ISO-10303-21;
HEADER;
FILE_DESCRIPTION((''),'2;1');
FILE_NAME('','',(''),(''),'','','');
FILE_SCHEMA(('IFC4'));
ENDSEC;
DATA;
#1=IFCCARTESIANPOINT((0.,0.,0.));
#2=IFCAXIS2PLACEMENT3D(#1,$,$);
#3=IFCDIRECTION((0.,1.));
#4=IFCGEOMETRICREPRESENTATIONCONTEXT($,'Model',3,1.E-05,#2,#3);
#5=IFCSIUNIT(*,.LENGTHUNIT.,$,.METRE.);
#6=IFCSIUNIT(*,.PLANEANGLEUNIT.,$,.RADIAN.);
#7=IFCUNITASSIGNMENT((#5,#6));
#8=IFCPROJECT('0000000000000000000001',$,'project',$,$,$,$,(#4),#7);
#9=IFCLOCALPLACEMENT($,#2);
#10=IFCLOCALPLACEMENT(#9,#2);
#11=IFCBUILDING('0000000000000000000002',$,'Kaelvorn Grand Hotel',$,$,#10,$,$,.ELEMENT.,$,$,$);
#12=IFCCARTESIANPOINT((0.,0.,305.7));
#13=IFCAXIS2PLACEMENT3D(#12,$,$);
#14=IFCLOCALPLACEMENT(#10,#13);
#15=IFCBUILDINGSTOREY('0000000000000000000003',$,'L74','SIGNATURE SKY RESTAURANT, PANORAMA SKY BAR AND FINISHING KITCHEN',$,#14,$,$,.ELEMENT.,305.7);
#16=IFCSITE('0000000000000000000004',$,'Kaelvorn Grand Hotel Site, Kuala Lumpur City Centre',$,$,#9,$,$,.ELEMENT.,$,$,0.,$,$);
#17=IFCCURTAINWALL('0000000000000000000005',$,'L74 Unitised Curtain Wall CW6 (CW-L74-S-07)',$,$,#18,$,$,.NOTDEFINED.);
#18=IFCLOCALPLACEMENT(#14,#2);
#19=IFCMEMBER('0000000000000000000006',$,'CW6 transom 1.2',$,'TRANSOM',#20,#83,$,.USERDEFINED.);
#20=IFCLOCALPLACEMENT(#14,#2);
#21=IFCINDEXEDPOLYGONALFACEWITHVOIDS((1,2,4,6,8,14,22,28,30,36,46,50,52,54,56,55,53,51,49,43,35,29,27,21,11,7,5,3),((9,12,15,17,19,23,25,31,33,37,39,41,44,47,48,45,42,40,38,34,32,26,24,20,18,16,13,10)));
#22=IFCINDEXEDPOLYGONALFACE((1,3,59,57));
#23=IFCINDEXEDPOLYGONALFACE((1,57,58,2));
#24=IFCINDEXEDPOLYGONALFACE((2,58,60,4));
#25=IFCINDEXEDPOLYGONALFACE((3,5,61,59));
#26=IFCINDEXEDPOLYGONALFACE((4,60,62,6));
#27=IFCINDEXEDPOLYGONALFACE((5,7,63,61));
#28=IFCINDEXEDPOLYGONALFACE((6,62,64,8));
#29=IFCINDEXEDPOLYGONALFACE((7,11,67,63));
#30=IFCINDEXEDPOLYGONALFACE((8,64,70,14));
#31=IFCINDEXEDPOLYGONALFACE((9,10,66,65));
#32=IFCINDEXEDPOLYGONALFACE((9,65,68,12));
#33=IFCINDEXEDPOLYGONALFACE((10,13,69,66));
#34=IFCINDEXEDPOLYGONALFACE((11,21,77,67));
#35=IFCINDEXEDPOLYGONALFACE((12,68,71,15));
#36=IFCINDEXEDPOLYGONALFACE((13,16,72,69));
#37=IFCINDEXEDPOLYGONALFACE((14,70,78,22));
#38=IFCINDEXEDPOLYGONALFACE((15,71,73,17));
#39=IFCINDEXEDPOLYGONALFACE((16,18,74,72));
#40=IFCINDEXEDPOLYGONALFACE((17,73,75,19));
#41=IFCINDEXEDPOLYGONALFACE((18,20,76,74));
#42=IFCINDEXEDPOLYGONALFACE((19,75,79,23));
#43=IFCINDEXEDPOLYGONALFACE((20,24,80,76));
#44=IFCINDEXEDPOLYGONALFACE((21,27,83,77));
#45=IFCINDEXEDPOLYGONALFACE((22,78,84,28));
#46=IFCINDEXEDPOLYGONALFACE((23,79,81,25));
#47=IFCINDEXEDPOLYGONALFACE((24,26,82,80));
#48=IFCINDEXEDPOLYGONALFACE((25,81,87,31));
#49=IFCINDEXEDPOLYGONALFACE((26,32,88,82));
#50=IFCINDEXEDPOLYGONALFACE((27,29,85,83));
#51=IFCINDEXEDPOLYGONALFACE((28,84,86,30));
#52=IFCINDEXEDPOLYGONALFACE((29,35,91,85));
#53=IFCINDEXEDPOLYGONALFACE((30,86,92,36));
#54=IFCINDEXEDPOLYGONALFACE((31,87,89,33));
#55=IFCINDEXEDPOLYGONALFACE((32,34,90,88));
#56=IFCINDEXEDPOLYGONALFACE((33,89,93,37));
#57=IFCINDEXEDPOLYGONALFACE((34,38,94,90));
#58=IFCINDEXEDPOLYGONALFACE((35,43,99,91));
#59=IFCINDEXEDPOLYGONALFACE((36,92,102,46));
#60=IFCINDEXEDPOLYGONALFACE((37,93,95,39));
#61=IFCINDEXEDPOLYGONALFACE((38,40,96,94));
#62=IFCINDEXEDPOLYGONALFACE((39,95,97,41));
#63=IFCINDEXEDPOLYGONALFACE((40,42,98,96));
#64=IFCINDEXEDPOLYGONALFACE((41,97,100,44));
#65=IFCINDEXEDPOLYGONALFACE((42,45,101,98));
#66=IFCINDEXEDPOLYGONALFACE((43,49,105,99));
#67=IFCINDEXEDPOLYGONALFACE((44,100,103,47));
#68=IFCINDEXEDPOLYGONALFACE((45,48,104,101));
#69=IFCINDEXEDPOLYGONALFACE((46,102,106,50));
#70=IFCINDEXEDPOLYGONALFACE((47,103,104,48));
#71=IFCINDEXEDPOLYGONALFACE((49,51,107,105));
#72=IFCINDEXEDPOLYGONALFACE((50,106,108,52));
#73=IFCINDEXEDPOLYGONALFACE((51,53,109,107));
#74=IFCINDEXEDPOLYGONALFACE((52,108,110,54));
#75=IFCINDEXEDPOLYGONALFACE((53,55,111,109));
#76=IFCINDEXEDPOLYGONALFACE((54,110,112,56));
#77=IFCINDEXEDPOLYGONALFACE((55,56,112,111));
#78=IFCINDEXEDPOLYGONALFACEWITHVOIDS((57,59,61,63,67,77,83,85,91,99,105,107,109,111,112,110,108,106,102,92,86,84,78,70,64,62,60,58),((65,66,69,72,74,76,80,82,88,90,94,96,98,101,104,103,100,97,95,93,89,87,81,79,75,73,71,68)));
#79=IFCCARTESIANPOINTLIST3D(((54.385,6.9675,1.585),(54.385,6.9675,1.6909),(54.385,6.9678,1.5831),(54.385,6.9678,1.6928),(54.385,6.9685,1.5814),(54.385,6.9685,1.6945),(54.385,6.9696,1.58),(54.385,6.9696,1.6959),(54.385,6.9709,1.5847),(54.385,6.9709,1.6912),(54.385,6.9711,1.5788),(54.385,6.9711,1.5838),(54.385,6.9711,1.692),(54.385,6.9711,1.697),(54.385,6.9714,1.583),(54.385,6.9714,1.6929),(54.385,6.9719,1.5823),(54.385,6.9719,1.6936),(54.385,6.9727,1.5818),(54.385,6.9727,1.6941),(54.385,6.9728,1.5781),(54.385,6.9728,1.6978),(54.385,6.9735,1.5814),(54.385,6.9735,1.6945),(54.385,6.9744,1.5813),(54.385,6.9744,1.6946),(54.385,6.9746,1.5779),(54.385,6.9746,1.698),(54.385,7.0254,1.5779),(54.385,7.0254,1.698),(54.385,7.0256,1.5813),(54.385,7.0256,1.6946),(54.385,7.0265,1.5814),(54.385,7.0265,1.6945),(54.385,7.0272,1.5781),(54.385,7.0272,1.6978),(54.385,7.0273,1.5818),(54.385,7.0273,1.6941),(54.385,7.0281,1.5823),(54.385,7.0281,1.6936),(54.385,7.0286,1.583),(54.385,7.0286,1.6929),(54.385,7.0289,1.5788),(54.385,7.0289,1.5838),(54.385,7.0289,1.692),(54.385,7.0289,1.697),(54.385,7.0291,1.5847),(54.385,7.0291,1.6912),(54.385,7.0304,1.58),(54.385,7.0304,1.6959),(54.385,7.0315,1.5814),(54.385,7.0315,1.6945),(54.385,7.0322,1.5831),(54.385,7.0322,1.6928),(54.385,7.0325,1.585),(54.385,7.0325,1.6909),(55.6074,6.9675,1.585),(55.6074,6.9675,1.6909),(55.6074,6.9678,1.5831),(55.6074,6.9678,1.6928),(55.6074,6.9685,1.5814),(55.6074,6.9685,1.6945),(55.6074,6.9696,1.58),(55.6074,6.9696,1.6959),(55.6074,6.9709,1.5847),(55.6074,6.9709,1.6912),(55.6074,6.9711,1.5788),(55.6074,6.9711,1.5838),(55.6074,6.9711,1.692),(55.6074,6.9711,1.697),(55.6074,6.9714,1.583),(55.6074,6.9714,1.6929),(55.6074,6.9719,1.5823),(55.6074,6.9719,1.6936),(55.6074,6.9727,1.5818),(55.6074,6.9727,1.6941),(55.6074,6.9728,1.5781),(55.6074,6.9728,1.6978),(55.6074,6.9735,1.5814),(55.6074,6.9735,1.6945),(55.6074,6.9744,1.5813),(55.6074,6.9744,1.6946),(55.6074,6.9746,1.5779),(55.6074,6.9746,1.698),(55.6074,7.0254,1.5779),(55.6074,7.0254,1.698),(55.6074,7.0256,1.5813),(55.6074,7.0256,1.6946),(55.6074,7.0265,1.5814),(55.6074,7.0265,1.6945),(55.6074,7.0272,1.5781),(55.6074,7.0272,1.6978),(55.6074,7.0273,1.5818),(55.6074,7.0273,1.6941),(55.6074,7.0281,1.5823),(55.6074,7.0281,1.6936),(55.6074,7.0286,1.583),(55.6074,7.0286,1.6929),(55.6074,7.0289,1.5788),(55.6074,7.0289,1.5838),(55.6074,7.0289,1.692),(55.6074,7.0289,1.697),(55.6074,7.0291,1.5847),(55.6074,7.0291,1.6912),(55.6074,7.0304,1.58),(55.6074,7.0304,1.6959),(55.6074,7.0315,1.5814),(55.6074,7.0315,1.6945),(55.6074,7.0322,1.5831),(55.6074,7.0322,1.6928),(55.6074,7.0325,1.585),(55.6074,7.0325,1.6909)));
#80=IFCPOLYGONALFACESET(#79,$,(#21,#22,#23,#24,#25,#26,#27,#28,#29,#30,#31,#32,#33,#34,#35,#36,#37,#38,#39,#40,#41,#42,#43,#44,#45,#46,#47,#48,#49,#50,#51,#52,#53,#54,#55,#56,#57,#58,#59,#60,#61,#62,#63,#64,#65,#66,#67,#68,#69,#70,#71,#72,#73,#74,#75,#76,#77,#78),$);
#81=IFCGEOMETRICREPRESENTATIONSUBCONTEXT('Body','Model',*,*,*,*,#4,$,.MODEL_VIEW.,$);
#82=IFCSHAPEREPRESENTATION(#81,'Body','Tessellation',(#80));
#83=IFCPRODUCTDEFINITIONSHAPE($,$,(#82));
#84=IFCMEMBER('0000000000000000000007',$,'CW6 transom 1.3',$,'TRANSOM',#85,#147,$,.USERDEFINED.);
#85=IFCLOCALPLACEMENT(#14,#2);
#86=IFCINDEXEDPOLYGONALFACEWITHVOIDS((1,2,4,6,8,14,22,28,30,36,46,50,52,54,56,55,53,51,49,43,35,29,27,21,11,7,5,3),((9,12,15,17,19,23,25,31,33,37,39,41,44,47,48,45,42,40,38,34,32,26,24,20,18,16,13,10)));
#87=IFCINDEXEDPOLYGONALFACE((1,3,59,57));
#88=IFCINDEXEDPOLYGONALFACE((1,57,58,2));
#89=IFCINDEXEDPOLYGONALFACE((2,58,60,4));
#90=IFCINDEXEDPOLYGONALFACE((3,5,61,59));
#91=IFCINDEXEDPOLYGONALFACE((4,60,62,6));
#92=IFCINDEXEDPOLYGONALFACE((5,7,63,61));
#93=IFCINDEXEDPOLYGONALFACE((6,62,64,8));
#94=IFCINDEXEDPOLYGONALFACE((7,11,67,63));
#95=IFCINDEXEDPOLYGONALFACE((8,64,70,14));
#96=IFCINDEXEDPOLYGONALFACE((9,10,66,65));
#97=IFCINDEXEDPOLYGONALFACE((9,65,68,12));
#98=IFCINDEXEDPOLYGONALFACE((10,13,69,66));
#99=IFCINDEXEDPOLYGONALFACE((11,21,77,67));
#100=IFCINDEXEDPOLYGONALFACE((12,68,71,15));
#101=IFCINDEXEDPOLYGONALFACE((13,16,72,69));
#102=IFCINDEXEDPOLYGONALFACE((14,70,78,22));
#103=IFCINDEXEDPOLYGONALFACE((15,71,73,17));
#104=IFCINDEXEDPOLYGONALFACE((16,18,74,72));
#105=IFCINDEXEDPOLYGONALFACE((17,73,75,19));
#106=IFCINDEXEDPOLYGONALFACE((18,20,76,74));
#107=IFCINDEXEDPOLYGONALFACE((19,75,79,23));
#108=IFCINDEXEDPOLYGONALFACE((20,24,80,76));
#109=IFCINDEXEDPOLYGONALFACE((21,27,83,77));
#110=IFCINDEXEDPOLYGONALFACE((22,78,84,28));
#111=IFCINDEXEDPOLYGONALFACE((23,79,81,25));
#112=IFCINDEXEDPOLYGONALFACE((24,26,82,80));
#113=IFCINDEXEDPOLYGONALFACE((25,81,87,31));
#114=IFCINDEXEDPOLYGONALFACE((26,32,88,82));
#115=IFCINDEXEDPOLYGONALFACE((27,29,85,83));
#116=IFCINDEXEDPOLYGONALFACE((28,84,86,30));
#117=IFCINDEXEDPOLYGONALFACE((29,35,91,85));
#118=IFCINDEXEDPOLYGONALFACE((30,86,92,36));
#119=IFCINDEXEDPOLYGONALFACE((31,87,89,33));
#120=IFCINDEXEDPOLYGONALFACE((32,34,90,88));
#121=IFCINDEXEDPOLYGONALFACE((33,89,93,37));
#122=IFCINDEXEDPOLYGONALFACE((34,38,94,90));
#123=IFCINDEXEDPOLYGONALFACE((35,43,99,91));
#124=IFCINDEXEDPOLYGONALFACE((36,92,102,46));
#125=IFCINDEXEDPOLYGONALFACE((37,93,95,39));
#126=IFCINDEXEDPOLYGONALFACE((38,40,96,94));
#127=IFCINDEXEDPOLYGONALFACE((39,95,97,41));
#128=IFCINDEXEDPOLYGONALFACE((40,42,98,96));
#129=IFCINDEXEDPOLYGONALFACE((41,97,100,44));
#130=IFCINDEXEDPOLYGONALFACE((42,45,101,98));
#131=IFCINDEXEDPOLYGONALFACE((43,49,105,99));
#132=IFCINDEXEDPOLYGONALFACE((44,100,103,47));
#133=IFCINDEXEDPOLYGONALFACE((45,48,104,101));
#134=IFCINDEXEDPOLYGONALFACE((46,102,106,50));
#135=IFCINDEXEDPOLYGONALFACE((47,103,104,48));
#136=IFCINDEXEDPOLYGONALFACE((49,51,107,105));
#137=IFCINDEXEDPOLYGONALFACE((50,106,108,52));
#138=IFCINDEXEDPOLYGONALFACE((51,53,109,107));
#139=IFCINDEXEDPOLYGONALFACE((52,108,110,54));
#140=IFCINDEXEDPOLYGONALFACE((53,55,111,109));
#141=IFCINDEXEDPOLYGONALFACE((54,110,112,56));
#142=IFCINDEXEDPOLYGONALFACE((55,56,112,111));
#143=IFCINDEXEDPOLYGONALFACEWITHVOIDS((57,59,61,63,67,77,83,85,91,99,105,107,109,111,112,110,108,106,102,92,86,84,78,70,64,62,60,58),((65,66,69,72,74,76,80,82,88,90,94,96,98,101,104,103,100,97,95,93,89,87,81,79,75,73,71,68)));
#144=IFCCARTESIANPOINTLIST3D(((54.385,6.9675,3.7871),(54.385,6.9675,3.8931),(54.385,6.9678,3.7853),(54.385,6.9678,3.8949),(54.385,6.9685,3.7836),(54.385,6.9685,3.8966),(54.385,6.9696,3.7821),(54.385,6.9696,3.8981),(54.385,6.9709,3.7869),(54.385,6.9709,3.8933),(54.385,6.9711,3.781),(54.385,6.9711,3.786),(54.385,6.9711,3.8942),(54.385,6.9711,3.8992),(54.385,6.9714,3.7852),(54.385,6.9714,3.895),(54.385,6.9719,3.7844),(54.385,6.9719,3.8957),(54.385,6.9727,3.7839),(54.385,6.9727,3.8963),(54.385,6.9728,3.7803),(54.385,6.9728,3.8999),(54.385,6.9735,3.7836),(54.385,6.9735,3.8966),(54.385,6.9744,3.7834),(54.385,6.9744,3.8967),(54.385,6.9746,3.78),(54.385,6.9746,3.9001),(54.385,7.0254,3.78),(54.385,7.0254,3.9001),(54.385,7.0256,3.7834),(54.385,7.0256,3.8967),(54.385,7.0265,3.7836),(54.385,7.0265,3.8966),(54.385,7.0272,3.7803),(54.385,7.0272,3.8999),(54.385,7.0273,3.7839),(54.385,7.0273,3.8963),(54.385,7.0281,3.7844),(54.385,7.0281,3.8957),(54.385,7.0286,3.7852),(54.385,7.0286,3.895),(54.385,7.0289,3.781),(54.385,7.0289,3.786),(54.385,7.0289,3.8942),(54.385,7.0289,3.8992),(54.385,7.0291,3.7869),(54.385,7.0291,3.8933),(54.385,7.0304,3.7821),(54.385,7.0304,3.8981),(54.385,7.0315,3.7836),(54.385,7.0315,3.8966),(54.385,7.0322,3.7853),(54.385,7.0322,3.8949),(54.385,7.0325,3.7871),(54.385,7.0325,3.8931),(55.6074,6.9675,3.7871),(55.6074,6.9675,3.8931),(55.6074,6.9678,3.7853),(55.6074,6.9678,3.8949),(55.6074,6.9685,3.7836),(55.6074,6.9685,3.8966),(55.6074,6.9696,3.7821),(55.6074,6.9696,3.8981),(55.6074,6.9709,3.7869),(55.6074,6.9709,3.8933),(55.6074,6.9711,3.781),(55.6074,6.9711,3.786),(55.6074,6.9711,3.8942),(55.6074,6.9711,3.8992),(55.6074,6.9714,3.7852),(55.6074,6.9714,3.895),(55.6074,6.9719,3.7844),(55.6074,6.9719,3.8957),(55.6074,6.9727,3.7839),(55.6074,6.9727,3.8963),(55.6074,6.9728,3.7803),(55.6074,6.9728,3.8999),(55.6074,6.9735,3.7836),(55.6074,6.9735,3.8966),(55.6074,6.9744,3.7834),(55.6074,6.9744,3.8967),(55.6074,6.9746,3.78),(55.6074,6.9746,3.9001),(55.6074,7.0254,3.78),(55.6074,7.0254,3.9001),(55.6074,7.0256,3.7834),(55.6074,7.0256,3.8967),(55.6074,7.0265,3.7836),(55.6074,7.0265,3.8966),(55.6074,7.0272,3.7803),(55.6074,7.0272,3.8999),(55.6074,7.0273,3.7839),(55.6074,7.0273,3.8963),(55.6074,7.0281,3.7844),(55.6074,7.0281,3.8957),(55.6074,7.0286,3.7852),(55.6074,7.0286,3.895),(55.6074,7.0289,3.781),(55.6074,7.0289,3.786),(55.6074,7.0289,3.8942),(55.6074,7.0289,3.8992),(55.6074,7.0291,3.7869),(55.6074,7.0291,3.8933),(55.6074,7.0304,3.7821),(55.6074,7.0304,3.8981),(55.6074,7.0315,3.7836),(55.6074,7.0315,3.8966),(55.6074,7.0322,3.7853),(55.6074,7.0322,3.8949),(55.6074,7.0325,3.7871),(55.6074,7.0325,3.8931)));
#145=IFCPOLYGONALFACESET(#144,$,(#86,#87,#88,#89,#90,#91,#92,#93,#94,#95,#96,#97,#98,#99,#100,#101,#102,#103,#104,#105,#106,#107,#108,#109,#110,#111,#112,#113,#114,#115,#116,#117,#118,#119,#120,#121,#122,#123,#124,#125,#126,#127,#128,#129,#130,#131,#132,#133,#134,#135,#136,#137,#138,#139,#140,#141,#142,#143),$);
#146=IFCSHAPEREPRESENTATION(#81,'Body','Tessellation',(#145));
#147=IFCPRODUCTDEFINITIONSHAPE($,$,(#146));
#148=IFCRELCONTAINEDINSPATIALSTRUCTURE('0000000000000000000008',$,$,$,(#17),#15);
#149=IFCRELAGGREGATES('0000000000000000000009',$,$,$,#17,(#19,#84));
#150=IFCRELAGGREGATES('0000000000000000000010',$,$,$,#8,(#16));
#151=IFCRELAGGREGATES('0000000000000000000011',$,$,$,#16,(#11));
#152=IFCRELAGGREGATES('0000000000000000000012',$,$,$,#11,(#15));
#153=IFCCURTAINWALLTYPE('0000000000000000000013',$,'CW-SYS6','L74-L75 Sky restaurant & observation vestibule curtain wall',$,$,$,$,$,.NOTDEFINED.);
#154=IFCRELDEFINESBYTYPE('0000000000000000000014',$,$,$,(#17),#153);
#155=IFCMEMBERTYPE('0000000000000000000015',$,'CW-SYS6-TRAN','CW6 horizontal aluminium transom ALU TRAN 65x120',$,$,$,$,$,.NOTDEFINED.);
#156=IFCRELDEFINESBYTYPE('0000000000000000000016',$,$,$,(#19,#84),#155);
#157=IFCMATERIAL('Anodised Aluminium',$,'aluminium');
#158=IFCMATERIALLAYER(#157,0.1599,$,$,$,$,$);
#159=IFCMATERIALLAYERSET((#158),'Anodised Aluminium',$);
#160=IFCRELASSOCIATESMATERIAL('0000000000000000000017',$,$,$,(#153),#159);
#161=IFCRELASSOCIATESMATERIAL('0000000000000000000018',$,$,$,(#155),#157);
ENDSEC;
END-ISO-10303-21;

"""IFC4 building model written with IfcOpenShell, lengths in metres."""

from ifc_helpers import new_model, si_unit, direction, frame, origin, origin_2d, place, context, subcontext, project, spatial, hollow_rectangle, extrude, material, layer, layer_set, material_profile, profile_set, type_object, element, aggregate, save


model = new_model("IFC4")

# Units and contexts
model_context = context("Model", 3, precision=1e-05, world=origin(), true_north=direction((0.0, 1.0)))
body_context = subcontext(model_context, "Body", "Model", "MODEL_VIEW")
ifc_project = project(units=[si_unit("LENGTHUNIT", "METRE"), si_unit("PLANEANGLEUNIT", "RADIAN")], contexts=[model_context])

# Site, building, storey
site_placement = place(None, origin())
site = spatial("IfcSite", under=ifc_project, at=site_placement, Name="Kaelvorn Grand Hotel Site, Kuala Lumpur City Centre", CompositionType="ELEMENT", RefElevation=0.0)
building_placement = place(site_placement, origin())
building = spatial("IfcBuilding", under=site, at=building_placement, Name="Kaelvorn Grand Hotel", CompositionType="ELEMENT")
storey_placement = place(building_placement, frame((0.0, 0.0, 305.7)))
storey = spatial("IfcBuildingStorey", under=building, at=storey_placement, Name="L74", Description="SIGNATURE SKY RESTAURANT, PANORAMA SKY BAR AND FINISHING KITCHEN", CompositionType="ELEMENT", Elevation=305.7)

# Curtain wall
ifc_material_1 = material(Name="Anodised Aluminium", Category="aluminium")
ifc_layer_1 = layer(ifc_material_1, 0.1599)
ifc_layer_set_1 = layer_set([ifc_layer_1], Name="Anodised Aluminium")
curtain_wall_type = type_object("IfcCurtainWallType", Name="CW-SYS6", Description="L74-L75 Sky restaurant & observation vestibule curtain wall", PredefinedType="NOTDEFINED", material=ifc_layer_set_1)
curtain_wall_1_placement = place(storey_placement, origin())
curtain_wall_1 = element("IfcCurtainWall", 1, at=curtain_wall_1_placement, inside=storey, type_object=curtain_wall_type, Name="L74 Unitised Curtain Wall CW6 (CW-L74-S-07)", PredefinedType="NOTDEFINED")

# Members
ifc_material_profile_1 = material_profile(ifc_material_1, hollow_rectangle(XDim=0.0649, YDim=0.1201, WallThickness=0.0034, InnerFilletRadius=0.0034, OuterFilletRadius=0.0071, at=origin_2d()), Name="ALU TRAN 65x120")
ifc_profile_set_1 = profile_set([ifc_material_profile_1], Name="Anodised Aluminium")
member_type_1 = type_object("IfcMemberType", Name="CW-SYS6-TRAN", Description="CW6 horizontal aluminium transom ALU TRAN 65x120", PredefinedType="NOTDEFINED", material=ifc_profile_set_1)
member_1_placement = place(storey_placement, frame((54.385, 7.0, 1.6379), z_axis=(1.0, 0.0, 0.0), x_axis=(0.0, 1.0, 0.0)))
member_1 = element("IfcMember", 2, at=member_1_placement, type_object=member_type_1, Name="CW6 transom 1.2", ObjectType="TRANSOM", PredefinedType="USERDEFINED", context=body_context, shape_type="SweptSolid", body=[
    extrude(hollow_rectangle(XDim=0.0649, YDim=0.1201, WallThickness=0.0034, InnerFilletRadius=0.0034, OuterFilletRadius=0.0071, at=origin_2d()), origin(), (0.0, 0.0, 1.0), 1.2224),
])
member_2_placement = place(storey_placement, frame((54.385, 7.0, 3.8401), z_axis=(1.0, 0.0, 0.0), x_axis=(0.0, 1.0, 0.0)))
member_2 = element("IfcMember", 3, at=member_2_placement, type_object=member_type_1, Name="CW6 transom 1.3", ObjectType="TRANSOM", PredefinedType="USERDEFINED", context=body_context, shape_type="SweptSolid", body=[
    extrude(hollow_rectangle(XDim=0.0649, YDim=0.1201, WallThickness=0.0034, InnerFilletRadius=0.0034, OuterFilletRadius=0.0071, at=origin_2d()), origin(), (0.0, 0.0, 1.0), 1.2224),
])

aggregate(curtain_wall_1, [member_1, member_2])

save(model, "model.ifc")
